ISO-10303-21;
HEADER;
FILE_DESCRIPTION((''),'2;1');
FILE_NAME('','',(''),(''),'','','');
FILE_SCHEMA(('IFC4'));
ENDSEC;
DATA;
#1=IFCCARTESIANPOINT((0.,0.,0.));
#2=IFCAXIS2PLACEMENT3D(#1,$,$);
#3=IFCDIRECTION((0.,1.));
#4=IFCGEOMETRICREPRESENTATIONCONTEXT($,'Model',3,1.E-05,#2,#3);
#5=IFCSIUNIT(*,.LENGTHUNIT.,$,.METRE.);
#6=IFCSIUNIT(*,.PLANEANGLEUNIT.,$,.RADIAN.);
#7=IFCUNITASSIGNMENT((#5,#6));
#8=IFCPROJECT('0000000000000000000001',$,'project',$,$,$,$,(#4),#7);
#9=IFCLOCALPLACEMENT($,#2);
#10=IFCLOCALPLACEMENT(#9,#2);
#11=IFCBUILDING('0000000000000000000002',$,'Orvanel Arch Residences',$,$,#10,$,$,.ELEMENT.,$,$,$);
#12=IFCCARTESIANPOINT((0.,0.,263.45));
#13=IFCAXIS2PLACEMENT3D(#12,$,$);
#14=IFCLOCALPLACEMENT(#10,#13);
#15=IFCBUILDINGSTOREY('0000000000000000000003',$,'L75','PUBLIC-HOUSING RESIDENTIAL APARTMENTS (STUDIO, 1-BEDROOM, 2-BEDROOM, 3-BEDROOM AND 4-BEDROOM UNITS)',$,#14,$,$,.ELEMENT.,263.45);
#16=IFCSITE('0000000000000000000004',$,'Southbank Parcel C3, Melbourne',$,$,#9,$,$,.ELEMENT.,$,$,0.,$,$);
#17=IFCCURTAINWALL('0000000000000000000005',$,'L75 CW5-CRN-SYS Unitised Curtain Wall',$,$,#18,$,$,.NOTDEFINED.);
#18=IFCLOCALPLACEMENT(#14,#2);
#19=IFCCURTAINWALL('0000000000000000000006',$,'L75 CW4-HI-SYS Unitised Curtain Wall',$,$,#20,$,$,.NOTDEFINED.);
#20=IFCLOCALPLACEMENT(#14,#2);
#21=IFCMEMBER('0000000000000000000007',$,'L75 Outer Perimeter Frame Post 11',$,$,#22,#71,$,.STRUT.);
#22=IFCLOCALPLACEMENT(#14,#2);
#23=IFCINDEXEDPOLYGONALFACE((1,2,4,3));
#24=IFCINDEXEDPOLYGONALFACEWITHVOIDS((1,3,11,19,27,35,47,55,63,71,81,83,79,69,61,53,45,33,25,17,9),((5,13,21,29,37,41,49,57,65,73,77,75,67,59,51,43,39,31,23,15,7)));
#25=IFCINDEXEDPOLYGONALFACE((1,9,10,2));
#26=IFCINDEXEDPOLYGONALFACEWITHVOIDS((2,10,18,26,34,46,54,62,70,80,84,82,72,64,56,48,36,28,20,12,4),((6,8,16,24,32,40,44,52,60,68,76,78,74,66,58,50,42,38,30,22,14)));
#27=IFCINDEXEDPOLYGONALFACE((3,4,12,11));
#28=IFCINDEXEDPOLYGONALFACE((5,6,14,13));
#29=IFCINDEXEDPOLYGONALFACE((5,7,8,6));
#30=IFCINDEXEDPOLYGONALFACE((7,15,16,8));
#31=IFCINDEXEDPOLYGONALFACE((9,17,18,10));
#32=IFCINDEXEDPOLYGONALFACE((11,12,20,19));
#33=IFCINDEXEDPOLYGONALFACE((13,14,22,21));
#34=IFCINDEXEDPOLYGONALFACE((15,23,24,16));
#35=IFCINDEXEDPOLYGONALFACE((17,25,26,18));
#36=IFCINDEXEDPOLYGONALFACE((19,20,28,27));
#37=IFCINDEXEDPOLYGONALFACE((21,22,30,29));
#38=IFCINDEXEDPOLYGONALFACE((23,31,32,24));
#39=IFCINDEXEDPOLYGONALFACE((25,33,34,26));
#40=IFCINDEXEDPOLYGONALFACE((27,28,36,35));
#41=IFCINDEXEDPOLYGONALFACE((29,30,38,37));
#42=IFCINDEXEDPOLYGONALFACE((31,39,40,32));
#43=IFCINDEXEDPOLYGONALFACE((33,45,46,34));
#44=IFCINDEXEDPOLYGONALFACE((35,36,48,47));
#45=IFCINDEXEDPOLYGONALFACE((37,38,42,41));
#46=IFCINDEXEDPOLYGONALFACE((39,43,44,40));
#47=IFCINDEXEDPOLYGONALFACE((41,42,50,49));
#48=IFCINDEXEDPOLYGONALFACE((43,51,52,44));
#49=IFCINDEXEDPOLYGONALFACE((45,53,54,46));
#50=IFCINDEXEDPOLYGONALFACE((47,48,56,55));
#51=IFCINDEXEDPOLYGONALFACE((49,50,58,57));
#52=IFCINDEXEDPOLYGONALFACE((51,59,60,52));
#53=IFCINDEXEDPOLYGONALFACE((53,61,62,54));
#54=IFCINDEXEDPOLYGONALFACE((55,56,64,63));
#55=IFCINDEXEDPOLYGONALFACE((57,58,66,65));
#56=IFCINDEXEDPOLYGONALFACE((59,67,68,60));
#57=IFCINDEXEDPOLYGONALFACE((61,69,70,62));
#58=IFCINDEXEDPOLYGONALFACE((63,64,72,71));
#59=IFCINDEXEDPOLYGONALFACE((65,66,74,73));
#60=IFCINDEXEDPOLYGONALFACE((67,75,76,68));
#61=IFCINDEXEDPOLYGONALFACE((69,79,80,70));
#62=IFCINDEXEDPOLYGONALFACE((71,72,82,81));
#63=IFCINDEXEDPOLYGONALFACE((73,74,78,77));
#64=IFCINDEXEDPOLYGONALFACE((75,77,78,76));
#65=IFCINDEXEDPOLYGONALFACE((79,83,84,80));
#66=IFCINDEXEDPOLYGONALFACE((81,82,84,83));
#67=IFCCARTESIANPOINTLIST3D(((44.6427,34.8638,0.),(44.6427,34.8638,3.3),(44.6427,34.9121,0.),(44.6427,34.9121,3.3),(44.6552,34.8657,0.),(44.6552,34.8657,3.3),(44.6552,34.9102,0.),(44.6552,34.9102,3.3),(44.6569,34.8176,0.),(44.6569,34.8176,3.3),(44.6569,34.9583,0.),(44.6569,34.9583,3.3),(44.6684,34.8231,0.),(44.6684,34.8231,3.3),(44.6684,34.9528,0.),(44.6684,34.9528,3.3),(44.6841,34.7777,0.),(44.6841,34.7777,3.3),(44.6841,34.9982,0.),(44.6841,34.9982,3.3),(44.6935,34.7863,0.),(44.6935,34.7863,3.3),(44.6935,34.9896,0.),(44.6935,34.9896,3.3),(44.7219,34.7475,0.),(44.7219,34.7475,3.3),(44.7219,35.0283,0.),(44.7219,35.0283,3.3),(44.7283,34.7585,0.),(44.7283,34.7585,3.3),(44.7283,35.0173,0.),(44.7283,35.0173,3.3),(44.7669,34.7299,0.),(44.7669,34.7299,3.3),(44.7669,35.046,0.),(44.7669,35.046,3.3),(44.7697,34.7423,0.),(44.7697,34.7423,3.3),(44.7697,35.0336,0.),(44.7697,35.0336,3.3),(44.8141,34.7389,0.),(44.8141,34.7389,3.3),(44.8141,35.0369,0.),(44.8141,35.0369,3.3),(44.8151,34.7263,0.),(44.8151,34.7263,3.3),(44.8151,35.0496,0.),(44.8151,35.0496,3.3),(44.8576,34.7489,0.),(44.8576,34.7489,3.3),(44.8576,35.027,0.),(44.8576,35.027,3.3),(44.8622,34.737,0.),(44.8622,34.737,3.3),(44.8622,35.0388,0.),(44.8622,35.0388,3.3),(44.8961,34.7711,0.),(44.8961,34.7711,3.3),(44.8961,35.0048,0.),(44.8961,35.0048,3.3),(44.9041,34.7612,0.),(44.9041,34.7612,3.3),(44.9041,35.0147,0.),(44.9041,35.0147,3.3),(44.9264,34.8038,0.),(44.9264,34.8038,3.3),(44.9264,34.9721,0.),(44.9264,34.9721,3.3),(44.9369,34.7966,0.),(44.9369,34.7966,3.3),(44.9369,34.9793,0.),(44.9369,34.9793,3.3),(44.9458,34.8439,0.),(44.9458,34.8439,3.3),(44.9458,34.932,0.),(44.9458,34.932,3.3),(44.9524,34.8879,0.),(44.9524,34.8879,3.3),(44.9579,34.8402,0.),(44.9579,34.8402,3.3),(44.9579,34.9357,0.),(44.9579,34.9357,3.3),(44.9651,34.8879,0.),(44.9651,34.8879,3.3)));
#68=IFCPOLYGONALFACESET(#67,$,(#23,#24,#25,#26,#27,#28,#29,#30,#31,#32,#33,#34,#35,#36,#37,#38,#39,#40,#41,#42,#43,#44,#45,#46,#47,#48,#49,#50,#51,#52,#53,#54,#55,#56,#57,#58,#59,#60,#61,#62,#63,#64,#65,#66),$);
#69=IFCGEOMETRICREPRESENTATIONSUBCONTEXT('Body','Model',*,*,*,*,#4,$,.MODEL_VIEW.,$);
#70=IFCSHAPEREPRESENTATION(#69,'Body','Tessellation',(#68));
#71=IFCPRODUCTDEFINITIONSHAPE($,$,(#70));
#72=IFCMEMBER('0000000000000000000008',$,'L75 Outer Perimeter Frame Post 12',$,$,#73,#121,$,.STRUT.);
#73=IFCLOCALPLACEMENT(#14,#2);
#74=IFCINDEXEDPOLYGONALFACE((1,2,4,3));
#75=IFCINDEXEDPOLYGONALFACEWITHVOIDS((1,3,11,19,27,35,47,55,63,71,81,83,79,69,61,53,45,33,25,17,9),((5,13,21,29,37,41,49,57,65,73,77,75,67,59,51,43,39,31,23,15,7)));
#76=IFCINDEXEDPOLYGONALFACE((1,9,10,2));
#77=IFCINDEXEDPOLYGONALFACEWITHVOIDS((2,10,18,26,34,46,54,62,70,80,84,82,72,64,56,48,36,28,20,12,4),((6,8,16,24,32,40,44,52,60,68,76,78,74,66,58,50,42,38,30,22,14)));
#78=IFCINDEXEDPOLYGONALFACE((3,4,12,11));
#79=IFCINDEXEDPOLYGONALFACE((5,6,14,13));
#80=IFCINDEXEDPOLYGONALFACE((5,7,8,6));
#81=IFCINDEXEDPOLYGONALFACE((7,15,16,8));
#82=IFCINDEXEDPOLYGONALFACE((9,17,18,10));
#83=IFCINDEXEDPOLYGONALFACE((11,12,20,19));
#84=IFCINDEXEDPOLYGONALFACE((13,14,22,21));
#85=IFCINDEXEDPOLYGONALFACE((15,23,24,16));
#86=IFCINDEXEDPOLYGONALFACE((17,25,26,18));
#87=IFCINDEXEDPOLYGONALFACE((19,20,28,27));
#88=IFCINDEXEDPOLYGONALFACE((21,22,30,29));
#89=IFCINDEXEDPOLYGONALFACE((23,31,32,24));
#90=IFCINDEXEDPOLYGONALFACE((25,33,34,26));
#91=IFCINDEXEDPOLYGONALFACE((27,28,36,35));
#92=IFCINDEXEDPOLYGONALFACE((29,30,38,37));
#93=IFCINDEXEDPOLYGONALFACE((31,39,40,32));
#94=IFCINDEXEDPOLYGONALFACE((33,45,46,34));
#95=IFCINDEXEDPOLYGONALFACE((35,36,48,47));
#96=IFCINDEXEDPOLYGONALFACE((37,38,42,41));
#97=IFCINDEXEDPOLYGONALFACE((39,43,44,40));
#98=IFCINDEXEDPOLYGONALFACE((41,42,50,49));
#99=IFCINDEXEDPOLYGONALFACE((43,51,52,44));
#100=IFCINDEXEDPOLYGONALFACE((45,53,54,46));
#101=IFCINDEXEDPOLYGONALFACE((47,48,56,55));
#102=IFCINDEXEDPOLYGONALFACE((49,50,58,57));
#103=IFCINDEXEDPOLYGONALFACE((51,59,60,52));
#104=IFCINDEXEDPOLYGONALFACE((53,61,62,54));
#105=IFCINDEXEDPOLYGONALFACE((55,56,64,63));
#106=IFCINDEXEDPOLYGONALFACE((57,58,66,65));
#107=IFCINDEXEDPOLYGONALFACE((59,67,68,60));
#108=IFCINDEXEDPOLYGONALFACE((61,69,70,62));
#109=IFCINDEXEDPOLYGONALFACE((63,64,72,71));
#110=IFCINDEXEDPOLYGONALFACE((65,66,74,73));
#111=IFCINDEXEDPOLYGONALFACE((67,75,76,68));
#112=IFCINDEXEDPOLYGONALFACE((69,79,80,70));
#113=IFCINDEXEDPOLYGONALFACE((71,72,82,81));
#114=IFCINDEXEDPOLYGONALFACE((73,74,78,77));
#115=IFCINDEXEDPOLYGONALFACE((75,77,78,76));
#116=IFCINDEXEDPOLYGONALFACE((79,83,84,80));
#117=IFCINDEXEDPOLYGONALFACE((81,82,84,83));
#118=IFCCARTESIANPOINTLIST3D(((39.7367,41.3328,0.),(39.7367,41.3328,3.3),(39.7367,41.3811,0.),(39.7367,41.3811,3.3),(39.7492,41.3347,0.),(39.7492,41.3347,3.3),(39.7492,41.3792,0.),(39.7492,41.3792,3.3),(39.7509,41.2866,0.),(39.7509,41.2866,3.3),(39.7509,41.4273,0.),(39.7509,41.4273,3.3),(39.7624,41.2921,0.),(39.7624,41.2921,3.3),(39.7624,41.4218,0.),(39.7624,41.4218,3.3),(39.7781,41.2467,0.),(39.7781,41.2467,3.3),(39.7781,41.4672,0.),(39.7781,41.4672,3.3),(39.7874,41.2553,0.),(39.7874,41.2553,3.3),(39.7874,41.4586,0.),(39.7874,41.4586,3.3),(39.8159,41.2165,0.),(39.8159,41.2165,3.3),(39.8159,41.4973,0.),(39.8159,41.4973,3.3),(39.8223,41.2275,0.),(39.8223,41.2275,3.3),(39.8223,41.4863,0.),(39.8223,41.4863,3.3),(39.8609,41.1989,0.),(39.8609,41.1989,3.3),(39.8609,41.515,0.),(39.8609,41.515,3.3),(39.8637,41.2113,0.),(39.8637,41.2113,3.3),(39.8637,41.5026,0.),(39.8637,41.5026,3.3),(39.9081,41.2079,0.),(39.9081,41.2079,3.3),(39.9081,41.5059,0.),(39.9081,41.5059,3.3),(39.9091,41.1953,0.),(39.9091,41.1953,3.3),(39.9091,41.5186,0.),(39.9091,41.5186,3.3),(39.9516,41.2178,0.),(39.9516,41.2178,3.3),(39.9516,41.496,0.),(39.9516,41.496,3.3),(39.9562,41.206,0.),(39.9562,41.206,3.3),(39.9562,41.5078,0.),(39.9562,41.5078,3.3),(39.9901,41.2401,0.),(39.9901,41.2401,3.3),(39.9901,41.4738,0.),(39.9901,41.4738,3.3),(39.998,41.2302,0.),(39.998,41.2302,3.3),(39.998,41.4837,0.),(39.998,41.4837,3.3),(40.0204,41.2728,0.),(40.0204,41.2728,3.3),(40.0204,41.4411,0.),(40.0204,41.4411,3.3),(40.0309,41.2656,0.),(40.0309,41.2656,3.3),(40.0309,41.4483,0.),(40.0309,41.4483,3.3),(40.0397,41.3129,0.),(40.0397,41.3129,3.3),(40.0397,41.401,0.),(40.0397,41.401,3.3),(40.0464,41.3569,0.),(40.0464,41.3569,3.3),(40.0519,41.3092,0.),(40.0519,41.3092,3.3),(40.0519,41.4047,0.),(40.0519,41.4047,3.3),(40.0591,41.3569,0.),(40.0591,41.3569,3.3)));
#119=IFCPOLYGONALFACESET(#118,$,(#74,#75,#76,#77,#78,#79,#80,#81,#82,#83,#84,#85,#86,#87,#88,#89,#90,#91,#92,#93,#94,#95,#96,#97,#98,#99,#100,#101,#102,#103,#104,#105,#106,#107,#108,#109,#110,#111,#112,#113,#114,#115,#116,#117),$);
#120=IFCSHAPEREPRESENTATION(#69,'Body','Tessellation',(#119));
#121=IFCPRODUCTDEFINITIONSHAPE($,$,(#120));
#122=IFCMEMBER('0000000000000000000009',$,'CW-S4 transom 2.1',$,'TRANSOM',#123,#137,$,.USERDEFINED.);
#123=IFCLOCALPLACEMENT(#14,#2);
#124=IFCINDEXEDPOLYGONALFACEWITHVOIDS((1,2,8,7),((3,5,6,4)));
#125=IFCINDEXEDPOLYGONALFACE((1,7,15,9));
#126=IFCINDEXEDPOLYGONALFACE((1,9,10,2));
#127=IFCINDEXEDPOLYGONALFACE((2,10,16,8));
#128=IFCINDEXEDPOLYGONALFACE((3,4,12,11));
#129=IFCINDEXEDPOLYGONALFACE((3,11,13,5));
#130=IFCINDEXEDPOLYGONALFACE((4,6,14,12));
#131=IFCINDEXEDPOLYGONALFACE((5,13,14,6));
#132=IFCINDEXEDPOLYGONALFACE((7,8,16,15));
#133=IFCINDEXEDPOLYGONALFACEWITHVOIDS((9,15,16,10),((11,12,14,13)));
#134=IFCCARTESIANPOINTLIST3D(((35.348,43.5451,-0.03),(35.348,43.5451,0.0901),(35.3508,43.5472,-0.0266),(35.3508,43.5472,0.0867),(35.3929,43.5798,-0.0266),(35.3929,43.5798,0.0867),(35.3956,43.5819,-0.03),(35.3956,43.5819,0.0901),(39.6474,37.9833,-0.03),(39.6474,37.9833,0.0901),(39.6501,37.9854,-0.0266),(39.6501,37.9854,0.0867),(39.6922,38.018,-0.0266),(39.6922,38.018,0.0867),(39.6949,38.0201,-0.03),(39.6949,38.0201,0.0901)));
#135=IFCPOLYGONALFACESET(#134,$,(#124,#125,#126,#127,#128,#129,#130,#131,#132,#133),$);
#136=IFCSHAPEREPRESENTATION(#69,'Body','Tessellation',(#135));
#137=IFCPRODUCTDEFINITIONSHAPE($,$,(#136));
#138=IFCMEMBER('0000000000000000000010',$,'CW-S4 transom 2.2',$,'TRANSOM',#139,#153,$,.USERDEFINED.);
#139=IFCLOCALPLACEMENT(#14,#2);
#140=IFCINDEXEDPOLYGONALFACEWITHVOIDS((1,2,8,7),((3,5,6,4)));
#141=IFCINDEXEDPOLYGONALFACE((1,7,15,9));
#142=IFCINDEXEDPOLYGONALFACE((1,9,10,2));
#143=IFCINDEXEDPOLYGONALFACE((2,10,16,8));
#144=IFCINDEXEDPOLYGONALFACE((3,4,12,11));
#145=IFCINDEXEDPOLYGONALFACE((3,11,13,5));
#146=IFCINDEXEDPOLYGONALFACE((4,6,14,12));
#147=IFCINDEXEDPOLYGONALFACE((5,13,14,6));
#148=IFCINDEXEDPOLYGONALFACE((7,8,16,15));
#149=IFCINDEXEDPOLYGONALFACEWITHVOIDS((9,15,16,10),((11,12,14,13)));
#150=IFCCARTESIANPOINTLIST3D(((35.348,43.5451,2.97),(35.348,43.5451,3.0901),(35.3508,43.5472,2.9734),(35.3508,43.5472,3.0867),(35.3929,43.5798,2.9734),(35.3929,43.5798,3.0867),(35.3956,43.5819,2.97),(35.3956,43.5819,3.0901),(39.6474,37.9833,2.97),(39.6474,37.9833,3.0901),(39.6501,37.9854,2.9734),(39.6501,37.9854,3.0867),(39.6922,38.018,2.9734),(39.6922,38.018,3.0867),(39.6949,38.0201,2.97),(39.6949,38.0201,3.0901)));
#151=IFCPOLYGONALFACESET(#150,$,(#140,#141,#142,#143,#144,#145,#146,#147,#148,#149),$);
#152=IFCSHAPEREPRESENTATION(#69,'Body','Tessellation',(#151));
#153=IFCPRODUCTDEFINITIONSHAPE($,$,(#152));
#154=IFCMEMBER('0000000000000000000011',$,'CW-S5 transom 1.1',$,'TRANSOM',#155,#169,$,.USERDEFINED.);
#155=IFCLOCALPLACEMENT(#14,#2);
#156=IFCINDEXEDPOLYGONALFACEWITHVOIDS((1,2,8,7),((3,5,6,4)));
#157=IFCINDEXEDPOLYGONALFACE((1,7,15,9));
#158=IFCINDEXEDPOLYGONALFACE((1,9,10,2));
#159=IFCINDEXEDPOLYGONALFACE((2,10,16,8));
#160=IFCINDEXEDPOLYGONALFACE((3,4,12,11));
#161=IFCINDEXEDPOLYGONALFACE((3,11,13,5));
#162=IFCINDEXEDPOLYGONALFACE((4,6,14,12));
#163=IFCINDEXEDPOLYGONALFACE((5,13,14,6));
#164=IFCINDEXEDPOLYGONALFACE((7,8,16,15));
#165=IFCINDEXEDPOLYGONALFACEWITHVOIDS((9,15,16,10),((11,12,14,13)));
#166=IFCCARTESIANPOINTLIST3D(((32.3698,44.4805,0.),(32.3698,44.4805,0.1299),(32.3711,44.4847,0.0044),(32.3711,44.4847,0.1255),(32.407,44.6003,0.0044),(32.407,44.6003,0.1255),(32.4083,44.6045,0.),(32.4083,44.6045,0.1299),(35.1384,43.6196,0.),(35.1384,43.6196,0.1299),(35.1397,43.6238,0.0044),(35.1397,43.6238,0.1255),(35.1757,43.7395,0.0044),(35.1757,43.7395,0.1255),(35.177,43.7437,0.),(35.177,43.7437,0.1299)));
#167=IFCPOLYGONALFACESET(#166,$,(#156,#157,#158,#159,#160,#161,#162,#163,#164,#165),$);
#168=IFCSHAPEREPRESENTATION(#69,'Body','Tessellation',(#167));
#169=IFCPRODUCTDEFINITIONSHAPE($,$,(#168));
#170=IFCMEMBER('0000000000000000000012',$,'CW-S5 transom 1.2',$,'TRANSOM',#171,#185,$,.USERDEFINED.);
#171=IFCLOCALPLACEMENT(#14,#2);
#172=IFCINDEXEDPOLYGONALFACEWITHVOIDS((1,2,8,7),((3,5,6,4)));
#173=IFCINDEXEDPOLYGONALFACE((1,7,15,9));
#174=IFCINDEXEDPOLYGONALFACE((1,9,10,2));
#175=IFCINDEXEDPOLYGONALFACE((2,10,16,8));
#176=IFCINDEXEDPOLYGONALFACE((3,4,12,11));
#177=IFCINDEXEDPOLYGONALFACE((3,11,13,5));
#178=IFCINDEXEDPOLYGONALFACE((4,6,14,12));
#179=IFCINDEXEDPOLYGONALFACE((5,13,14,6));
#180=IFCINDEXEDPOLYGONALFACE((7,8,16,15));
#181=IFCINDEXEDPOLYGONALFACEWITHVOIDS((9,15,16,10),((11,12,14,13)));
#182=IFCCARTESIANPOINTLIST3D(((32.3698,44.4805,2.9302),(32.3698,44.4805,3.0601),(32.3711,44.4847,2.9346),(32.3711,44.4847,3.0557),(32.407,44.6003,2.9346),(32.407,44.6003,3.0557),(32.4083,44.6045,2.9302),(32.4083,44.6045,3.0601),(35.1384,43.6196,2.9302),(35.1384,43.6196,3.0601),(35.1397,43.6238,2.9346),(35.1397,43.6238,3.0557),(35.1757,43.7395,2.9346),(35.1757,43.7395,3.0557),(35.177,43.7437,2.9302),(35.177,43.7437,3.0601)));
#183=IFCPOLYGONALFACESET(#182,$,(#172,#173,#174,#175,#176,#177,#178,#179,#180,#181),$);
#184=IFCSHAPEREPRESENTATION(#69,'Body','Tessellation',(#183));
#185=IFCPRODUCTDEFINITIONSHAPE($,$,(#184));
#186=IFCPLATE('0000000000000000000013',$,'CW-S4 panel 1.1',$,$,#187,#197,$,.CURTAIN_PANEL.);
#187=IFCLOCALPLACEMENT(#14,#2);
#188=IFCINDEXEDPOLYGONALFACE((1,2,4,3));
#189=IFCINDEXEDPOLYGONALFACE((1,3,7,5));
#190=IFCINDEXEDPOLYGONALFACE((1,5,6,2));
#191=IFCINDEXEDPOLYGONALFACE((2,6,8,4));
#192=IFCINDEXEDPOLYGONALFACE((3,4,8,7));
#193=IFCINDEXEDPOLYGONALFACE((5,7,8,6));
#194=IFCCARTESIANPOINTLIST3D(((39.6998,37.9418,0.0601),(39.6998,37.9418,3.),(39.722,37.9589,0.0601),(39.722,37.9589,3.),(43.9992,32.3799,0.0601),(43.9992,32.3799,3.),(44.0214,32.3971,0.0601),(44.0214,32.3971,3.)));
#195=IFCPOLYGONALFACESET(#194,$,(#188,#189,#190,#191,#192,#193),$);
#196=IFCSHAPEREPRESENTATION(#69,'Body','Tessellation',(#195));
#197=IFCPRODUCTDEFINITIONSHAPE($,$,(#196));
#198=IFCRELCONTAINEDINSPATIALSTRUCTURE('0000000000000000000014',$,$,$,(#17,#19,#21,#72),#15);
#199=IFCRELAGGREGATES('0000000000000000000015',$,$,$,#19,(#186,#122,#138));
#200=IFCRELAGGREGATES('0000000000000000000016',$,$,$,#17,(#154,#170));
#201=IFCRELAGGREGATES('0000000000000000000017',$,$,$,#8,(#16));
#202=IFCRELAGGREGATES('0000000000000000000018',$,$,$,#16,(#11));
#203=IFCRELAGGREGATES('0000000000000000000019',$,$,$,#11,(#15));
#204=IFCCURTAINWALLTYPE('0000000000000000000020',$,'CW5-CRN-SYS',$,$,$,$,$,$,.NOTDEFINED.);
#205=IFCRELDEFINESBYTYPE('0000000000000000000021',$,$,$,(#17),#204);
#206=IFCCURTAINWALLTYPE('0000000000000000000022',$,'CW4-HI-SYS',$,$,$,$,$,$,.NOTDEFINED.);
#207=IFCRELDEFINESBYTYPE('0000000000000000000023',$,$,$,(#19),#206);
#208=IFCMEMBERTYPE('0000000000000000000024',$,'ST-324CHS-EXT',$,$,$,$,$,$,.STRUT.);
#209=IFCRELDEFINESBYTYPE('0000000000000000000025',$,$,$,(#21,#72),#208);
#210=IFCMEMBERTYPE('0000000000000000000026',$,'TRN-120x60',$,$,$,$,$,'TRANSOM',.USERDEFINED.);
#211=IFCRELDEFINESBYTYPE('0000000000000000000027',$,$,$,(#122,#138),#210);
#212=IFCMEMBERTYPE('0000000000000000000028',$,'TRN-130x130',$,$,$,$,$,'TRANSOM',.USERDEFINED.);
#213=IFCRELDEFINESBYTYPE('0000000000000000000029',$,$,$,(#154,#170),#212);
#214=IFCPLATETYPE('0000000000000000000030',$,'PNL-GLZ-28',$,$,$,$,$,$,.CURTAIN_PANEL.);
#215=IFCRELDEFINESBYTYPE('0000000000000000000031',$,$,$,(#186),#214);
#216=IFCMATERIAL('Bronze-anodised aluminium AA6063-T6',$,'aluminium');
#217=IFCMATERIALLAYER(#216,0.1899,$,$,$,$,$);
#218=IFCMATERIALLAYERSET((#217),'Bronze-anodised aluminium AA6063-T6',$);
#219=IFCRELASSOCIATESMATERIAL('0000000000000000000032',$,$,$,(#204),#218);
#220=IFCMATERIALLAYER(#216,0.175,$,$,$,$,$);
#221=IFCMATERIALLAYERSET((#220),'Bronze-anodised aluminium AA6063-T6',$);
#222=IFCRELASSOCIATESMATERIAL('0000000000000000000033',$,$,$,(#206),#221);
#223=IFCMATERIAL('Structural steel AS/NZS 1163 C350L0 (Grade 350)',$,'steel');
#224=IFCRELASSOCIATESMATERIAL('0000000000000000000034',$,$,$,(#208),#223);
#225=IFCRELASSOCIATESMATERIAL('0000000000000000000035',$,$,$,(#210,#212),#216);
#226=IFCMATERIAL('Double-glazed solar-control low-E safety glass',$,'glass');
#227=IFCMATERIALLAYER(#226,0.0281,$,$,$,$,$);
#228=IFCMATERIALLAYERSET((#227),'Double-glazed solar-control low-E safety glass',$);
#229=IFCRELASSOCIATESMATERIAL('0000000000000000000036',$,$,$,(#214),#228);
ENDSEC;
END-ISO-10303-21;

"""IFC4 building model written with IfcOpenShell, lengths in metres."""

from ifc_helpers import new_model, si_unit, direction, frame, origin, origin_2d, place, context, subcontext, project, spatial, rectangle, hollow_rectangle, hollow_circle, extrude, material, layer, layer_set, material_profile, profile_set, type_object, element, aggregate, save


model = new_model("IFC4")

# Units and contexts
model_context = context("Model", 3, precision=1e-05, world=origin(), true_north=direction((0.0, 1.0)))
body_context = subcontext(model_context, "Body", "Model", "MODEL_VIEW")
ifc_project = project(units=[si_unit("LENGTHUNIT", "METRE"), si_unit("PLANEANGLEUNIT", "RADIAN")], contexts=[model_context])

# Site, building, storey
site_placement = place(None, origin())
site = spatial("IfcSite", under=ifc_project, at=site_placement, Name="Southbank Parcel C3, Melbourne", CompositionType="ELEMENT", RefElevation=0.0)
building_placement = place(site_placement, origin())
building = spatial("IfcBuilding", under=site, at=building_placement, Name="Orvanel Arch Residences", CompositionType="ELEMENT")
storey_placement = place(building_placement, frame((0.0, 0.0, 263.45)))
storey = spatial("IfcBuildingStorey", under=building, at=storey_placement, Name="L75", Description="PUBLIC-HOUSING RESIDENTIAL APARTMENTS (STUDIO, 1-BEDROOM, 2-BEDROOM, 3-BEDROOM AND 4-BEDROOM UNITS)", CompositionType="ELEMENT", Elevation=263.45)

# Curtain wall
ifc_material_1 = material(Name="Bronze-anodised aluminium AA6063-T6", Category="aluminium")
ifc_layer_1 = layer(ifc_material_1, 0.1899)
ifc_layer_set_1 = layer_set([ifc_layer_1], Name="Bronze-anodised aluminium AA6063-T6")
curtain_wall_type_1 = type_object("IfcCurtainWallType", Name="CW5-CRN-SYS", PredefinedType="NOTDEFINED", material=ifc_layer_set_1)
curtain_wall_1_placement = place(storey_placement, origin())
curtain_wall_1 = element("IfcCurtainWall", 1, at=curtain_wall_1_placement, inside=storey, type_object=curtain_wall_type_1, Name="L75 CW5-CRN-SYS Unitised Curtain Wall", PredefinedType="NOTDEFINED")

# Curtain wall
ifc_layer_2 = layer(ifc_material_1, 0.175)
ifc_layer_set_2 = layer_set([ifc_layer_2], Name="Bronze-anodised aluminium AA6063-T6")
curtain_wall_type_2 = type_object("IfcCurtainWallType", Name="CW4-HI-SYS", PredefinedType="NOTDEFINED", material=ifc_layer_set_2)
curtain_wall_2_placement = place(storey_placement, origin())
curtain_wall_2 = element("IfcCurtainWall", 2, at=curtain_wall_2_placement, inside=storey, type_object=curtain_wall_type_2, Name="L75 CW4-HI-SYS Unitised Curtain Wall", PredefinedType="NOTDEFINED")

# Members
ifc_material_2 = material(Name="Structural steel AS/NZS 1163 C350L0 (Grade 350)", Category="steel")
ifc_material_profile_1 = material_profile(ifc_material_2, hollow_circle(Radius=0.1621, WallThickness=0.0127, at=origin_2d()), Name="CHS324x12.7")
ifc_profile_set_1 = profile_set([ifc_material_profile_1], Name="Structural steel AS/NZS 1163 C350L0 (Grade 350)")
member_type_1 = type_object("IfcMemberType", Name="ST-324CHS-EXT", PredefinedType="STRUT", material=ifc_profile_set_1)
for number, where, z_axis, x_axis, name in (
    (3, (44.803, 34.8879, 0.0), (0.0, 0.0, 1.0), (1.0, 0.0, 0.0), "L75 Outer Perimeter Frame Post 11"),
    (4, (39.897, 41.3569, 0.0), (0.0, 0.0, 1.0), (1.0, 0.0, 0.0), "L75 Outer Perimeter Frame Post 12"),
):
    element("IfcMember", number, at=place(storey_placement, frame(where, z_axis=z_axis, x_axis=x_axis)), inside=storey, type_object=member_type_1, Name=name, PredefinedType="STRUT", context=body_context, shape_type="SweptSolid", body=[
        extrude(hollow_circle(Radius=0.1621, WallThickness=0.0127, at=origin_2d()), origin(), (0.0, 0.0, 1.0), 3.3),
    ])

# Members
ifc_material_profile_2 = material_profile(ifc_material_1, hollow_rectangle(XDim=0.0601, YDim=0.1201, WallThickness=0.0034, at=origin_2d()), Name="ALU120x60x3.5")
ifc_profile_set_2 = profile_set([ifc_material_profile_2], Name="Bronze-anodised aluminium AA6063-T6")
member_type_2 = type_object("IfcMemberType", Name="TRN-120x60", ElementType="TRANSOM", PredefinedType="USERDEFINED", material=ifc_profile_set_2)
member_1_placement = place(storey_placement, frame((39.6711, 38.0017, 0.03), z_axis=(-0.611589, 0.791176, 0.0), x_axis=(-0.791176, -0.611589, 0.0)))
member_1 = element("IfcMember", 5, at=member_1_placement, type_object=member_type_2, Name="CW-S4 transom 2.1", ObjectType="TRANSOM", PredefinedType="USERDEFINED", context=body_context, shape_type="SweptSolid", body=[
    extrude(hollow_rectangle(XDim=0.0601, YDim=0.1201, WallThickness=0.0034, at=origin_2d()), origin(), (0.0, 0.0, 1.0), 7.0298),
])
member_2_placement = place(storey_placement, frame((39.6711, 38.0017, 3.03), z_axis=(-0.611589, 0.791176, 0.0), x_axis=(-0.791176, -0.611589, 0.0)))
member_2 = element("IfcMember", 6, at=member_2_placement, type_object=member_type_2, Name="CW-S4 transom 2.2", ObjectType="TRANSOM", PredefinedType="USERDEFINED", context=body_context, shape_type="SweptSolid", body=[
    extrude(hollow_rectangle(XDim=0.0601, YDim=0.1201, WallThickness=0.0034, at=origin_2d()), origin(), (0.0, 0.0, 1.0), 7.0298),
])
ifc_material_profile_3 = material_profile(ifc_material_1, hollow_rectangle(XDim=0.1299, YDim=0.1299, WallThickness=0.0044, at=origin_2d()), Name="ALU130x130x4.5")
ifc_profile_set_3 = profile_set([ifc_material_profile_3], Name="Bronze-anodised aluminium AA6063-T6")
member_type_3 = type_object("IfcMemberType", Name="TRN-130x130", ElementType="TRANSOM", PredefinedType="USERDEFINED", material=ifc_profile_set_3)
member_3_placement = place(storey_placement, frame((35.1577, 43.6816, 0.0649), z_axis=(-0.954905, 0.296913, 0.0), x_axis=(-0.296913, -0.954905, 0.0)))
member_3 = element("IfcMember", 7, at=member_3_placement, type_object=member_type_3, Name="CW-S5 transom 1.1", ObjectType="TRANSOM", PredefinedType="USERDEFINED", context=body_context, shape_type="SweptSolid", body=[
    extrude(hollow_rectangle(XDim=0.1299, YDim=0.1299, WallThickness=0.0044, at=origin_2d()), origin(), (0.0, 0.0, 1.0), 2.8994),
])
member_4_placement = place(storey_placement, frame((35.1577, 43.6816, 2.9951), z_axis=(-0.954905, 0.296913, 0.0), x_axis=(-0.296913, -0.954905, 0.0)))
member_4 = element("IfcMember", 8, at=member_4_placement, type_object=member_type_3, Name="CW-S5 transom 1.2", ObjectType="TRANSOM", PredefinedType="USERDEFINED", context=body_context, shape_type="SweptSolid", body=[
    extrude(hollow_rectangle(XDim=0.1299, YDim=0.1299, WallThickness=0.0044, at=origin_2d()), origin(), (0.0, 0.0, 1.0), 2.8994),
])

# Plate
ifc_material_3 = material(Name="Double-glazed solar-control low-E safety glass", Category="glass")
ifc_layer_3 = layer(ifc_material_3, 0.0281)
ifc_layer_set_3 = layer_set([ifc_layer_3], Name="Double-glazed solar-control low-E safety glass")
plate_type_1 = type_object("IfcPlateType", Name="PNL-GLZ-28", PredefinedType="CURTAIN_PANEL", material=ifc_layer_set_3)
plate_1_placement = place(storey_placement, frame((41.8606, 35.1694, 0.0601), z_axis=(0.0, 0.0, 1.0), x_axis=(-0.611587, 0.791177, 0.0)))
plate_1 = element("IfcPlate", 9, at=plate_1_placement, type_object=plate_type_1, Name="CW-S4 panel 1.1", PredefinedType="CURTAIN_PANEL", context=body_context, shape_type="SweptSolid", body=[
    extrude(rectangle(XDim=7.0298, YDim=0.0281, at=origin_2d()), origin(), (0.0, 0.0, 1.0), 2.9399),
])
aggregate(curtain_wall_2, [plate_1, member_1, member_2])
aggregate(curtain_wall_1, [member_3, member_4])

save(model, "model.ifc")
